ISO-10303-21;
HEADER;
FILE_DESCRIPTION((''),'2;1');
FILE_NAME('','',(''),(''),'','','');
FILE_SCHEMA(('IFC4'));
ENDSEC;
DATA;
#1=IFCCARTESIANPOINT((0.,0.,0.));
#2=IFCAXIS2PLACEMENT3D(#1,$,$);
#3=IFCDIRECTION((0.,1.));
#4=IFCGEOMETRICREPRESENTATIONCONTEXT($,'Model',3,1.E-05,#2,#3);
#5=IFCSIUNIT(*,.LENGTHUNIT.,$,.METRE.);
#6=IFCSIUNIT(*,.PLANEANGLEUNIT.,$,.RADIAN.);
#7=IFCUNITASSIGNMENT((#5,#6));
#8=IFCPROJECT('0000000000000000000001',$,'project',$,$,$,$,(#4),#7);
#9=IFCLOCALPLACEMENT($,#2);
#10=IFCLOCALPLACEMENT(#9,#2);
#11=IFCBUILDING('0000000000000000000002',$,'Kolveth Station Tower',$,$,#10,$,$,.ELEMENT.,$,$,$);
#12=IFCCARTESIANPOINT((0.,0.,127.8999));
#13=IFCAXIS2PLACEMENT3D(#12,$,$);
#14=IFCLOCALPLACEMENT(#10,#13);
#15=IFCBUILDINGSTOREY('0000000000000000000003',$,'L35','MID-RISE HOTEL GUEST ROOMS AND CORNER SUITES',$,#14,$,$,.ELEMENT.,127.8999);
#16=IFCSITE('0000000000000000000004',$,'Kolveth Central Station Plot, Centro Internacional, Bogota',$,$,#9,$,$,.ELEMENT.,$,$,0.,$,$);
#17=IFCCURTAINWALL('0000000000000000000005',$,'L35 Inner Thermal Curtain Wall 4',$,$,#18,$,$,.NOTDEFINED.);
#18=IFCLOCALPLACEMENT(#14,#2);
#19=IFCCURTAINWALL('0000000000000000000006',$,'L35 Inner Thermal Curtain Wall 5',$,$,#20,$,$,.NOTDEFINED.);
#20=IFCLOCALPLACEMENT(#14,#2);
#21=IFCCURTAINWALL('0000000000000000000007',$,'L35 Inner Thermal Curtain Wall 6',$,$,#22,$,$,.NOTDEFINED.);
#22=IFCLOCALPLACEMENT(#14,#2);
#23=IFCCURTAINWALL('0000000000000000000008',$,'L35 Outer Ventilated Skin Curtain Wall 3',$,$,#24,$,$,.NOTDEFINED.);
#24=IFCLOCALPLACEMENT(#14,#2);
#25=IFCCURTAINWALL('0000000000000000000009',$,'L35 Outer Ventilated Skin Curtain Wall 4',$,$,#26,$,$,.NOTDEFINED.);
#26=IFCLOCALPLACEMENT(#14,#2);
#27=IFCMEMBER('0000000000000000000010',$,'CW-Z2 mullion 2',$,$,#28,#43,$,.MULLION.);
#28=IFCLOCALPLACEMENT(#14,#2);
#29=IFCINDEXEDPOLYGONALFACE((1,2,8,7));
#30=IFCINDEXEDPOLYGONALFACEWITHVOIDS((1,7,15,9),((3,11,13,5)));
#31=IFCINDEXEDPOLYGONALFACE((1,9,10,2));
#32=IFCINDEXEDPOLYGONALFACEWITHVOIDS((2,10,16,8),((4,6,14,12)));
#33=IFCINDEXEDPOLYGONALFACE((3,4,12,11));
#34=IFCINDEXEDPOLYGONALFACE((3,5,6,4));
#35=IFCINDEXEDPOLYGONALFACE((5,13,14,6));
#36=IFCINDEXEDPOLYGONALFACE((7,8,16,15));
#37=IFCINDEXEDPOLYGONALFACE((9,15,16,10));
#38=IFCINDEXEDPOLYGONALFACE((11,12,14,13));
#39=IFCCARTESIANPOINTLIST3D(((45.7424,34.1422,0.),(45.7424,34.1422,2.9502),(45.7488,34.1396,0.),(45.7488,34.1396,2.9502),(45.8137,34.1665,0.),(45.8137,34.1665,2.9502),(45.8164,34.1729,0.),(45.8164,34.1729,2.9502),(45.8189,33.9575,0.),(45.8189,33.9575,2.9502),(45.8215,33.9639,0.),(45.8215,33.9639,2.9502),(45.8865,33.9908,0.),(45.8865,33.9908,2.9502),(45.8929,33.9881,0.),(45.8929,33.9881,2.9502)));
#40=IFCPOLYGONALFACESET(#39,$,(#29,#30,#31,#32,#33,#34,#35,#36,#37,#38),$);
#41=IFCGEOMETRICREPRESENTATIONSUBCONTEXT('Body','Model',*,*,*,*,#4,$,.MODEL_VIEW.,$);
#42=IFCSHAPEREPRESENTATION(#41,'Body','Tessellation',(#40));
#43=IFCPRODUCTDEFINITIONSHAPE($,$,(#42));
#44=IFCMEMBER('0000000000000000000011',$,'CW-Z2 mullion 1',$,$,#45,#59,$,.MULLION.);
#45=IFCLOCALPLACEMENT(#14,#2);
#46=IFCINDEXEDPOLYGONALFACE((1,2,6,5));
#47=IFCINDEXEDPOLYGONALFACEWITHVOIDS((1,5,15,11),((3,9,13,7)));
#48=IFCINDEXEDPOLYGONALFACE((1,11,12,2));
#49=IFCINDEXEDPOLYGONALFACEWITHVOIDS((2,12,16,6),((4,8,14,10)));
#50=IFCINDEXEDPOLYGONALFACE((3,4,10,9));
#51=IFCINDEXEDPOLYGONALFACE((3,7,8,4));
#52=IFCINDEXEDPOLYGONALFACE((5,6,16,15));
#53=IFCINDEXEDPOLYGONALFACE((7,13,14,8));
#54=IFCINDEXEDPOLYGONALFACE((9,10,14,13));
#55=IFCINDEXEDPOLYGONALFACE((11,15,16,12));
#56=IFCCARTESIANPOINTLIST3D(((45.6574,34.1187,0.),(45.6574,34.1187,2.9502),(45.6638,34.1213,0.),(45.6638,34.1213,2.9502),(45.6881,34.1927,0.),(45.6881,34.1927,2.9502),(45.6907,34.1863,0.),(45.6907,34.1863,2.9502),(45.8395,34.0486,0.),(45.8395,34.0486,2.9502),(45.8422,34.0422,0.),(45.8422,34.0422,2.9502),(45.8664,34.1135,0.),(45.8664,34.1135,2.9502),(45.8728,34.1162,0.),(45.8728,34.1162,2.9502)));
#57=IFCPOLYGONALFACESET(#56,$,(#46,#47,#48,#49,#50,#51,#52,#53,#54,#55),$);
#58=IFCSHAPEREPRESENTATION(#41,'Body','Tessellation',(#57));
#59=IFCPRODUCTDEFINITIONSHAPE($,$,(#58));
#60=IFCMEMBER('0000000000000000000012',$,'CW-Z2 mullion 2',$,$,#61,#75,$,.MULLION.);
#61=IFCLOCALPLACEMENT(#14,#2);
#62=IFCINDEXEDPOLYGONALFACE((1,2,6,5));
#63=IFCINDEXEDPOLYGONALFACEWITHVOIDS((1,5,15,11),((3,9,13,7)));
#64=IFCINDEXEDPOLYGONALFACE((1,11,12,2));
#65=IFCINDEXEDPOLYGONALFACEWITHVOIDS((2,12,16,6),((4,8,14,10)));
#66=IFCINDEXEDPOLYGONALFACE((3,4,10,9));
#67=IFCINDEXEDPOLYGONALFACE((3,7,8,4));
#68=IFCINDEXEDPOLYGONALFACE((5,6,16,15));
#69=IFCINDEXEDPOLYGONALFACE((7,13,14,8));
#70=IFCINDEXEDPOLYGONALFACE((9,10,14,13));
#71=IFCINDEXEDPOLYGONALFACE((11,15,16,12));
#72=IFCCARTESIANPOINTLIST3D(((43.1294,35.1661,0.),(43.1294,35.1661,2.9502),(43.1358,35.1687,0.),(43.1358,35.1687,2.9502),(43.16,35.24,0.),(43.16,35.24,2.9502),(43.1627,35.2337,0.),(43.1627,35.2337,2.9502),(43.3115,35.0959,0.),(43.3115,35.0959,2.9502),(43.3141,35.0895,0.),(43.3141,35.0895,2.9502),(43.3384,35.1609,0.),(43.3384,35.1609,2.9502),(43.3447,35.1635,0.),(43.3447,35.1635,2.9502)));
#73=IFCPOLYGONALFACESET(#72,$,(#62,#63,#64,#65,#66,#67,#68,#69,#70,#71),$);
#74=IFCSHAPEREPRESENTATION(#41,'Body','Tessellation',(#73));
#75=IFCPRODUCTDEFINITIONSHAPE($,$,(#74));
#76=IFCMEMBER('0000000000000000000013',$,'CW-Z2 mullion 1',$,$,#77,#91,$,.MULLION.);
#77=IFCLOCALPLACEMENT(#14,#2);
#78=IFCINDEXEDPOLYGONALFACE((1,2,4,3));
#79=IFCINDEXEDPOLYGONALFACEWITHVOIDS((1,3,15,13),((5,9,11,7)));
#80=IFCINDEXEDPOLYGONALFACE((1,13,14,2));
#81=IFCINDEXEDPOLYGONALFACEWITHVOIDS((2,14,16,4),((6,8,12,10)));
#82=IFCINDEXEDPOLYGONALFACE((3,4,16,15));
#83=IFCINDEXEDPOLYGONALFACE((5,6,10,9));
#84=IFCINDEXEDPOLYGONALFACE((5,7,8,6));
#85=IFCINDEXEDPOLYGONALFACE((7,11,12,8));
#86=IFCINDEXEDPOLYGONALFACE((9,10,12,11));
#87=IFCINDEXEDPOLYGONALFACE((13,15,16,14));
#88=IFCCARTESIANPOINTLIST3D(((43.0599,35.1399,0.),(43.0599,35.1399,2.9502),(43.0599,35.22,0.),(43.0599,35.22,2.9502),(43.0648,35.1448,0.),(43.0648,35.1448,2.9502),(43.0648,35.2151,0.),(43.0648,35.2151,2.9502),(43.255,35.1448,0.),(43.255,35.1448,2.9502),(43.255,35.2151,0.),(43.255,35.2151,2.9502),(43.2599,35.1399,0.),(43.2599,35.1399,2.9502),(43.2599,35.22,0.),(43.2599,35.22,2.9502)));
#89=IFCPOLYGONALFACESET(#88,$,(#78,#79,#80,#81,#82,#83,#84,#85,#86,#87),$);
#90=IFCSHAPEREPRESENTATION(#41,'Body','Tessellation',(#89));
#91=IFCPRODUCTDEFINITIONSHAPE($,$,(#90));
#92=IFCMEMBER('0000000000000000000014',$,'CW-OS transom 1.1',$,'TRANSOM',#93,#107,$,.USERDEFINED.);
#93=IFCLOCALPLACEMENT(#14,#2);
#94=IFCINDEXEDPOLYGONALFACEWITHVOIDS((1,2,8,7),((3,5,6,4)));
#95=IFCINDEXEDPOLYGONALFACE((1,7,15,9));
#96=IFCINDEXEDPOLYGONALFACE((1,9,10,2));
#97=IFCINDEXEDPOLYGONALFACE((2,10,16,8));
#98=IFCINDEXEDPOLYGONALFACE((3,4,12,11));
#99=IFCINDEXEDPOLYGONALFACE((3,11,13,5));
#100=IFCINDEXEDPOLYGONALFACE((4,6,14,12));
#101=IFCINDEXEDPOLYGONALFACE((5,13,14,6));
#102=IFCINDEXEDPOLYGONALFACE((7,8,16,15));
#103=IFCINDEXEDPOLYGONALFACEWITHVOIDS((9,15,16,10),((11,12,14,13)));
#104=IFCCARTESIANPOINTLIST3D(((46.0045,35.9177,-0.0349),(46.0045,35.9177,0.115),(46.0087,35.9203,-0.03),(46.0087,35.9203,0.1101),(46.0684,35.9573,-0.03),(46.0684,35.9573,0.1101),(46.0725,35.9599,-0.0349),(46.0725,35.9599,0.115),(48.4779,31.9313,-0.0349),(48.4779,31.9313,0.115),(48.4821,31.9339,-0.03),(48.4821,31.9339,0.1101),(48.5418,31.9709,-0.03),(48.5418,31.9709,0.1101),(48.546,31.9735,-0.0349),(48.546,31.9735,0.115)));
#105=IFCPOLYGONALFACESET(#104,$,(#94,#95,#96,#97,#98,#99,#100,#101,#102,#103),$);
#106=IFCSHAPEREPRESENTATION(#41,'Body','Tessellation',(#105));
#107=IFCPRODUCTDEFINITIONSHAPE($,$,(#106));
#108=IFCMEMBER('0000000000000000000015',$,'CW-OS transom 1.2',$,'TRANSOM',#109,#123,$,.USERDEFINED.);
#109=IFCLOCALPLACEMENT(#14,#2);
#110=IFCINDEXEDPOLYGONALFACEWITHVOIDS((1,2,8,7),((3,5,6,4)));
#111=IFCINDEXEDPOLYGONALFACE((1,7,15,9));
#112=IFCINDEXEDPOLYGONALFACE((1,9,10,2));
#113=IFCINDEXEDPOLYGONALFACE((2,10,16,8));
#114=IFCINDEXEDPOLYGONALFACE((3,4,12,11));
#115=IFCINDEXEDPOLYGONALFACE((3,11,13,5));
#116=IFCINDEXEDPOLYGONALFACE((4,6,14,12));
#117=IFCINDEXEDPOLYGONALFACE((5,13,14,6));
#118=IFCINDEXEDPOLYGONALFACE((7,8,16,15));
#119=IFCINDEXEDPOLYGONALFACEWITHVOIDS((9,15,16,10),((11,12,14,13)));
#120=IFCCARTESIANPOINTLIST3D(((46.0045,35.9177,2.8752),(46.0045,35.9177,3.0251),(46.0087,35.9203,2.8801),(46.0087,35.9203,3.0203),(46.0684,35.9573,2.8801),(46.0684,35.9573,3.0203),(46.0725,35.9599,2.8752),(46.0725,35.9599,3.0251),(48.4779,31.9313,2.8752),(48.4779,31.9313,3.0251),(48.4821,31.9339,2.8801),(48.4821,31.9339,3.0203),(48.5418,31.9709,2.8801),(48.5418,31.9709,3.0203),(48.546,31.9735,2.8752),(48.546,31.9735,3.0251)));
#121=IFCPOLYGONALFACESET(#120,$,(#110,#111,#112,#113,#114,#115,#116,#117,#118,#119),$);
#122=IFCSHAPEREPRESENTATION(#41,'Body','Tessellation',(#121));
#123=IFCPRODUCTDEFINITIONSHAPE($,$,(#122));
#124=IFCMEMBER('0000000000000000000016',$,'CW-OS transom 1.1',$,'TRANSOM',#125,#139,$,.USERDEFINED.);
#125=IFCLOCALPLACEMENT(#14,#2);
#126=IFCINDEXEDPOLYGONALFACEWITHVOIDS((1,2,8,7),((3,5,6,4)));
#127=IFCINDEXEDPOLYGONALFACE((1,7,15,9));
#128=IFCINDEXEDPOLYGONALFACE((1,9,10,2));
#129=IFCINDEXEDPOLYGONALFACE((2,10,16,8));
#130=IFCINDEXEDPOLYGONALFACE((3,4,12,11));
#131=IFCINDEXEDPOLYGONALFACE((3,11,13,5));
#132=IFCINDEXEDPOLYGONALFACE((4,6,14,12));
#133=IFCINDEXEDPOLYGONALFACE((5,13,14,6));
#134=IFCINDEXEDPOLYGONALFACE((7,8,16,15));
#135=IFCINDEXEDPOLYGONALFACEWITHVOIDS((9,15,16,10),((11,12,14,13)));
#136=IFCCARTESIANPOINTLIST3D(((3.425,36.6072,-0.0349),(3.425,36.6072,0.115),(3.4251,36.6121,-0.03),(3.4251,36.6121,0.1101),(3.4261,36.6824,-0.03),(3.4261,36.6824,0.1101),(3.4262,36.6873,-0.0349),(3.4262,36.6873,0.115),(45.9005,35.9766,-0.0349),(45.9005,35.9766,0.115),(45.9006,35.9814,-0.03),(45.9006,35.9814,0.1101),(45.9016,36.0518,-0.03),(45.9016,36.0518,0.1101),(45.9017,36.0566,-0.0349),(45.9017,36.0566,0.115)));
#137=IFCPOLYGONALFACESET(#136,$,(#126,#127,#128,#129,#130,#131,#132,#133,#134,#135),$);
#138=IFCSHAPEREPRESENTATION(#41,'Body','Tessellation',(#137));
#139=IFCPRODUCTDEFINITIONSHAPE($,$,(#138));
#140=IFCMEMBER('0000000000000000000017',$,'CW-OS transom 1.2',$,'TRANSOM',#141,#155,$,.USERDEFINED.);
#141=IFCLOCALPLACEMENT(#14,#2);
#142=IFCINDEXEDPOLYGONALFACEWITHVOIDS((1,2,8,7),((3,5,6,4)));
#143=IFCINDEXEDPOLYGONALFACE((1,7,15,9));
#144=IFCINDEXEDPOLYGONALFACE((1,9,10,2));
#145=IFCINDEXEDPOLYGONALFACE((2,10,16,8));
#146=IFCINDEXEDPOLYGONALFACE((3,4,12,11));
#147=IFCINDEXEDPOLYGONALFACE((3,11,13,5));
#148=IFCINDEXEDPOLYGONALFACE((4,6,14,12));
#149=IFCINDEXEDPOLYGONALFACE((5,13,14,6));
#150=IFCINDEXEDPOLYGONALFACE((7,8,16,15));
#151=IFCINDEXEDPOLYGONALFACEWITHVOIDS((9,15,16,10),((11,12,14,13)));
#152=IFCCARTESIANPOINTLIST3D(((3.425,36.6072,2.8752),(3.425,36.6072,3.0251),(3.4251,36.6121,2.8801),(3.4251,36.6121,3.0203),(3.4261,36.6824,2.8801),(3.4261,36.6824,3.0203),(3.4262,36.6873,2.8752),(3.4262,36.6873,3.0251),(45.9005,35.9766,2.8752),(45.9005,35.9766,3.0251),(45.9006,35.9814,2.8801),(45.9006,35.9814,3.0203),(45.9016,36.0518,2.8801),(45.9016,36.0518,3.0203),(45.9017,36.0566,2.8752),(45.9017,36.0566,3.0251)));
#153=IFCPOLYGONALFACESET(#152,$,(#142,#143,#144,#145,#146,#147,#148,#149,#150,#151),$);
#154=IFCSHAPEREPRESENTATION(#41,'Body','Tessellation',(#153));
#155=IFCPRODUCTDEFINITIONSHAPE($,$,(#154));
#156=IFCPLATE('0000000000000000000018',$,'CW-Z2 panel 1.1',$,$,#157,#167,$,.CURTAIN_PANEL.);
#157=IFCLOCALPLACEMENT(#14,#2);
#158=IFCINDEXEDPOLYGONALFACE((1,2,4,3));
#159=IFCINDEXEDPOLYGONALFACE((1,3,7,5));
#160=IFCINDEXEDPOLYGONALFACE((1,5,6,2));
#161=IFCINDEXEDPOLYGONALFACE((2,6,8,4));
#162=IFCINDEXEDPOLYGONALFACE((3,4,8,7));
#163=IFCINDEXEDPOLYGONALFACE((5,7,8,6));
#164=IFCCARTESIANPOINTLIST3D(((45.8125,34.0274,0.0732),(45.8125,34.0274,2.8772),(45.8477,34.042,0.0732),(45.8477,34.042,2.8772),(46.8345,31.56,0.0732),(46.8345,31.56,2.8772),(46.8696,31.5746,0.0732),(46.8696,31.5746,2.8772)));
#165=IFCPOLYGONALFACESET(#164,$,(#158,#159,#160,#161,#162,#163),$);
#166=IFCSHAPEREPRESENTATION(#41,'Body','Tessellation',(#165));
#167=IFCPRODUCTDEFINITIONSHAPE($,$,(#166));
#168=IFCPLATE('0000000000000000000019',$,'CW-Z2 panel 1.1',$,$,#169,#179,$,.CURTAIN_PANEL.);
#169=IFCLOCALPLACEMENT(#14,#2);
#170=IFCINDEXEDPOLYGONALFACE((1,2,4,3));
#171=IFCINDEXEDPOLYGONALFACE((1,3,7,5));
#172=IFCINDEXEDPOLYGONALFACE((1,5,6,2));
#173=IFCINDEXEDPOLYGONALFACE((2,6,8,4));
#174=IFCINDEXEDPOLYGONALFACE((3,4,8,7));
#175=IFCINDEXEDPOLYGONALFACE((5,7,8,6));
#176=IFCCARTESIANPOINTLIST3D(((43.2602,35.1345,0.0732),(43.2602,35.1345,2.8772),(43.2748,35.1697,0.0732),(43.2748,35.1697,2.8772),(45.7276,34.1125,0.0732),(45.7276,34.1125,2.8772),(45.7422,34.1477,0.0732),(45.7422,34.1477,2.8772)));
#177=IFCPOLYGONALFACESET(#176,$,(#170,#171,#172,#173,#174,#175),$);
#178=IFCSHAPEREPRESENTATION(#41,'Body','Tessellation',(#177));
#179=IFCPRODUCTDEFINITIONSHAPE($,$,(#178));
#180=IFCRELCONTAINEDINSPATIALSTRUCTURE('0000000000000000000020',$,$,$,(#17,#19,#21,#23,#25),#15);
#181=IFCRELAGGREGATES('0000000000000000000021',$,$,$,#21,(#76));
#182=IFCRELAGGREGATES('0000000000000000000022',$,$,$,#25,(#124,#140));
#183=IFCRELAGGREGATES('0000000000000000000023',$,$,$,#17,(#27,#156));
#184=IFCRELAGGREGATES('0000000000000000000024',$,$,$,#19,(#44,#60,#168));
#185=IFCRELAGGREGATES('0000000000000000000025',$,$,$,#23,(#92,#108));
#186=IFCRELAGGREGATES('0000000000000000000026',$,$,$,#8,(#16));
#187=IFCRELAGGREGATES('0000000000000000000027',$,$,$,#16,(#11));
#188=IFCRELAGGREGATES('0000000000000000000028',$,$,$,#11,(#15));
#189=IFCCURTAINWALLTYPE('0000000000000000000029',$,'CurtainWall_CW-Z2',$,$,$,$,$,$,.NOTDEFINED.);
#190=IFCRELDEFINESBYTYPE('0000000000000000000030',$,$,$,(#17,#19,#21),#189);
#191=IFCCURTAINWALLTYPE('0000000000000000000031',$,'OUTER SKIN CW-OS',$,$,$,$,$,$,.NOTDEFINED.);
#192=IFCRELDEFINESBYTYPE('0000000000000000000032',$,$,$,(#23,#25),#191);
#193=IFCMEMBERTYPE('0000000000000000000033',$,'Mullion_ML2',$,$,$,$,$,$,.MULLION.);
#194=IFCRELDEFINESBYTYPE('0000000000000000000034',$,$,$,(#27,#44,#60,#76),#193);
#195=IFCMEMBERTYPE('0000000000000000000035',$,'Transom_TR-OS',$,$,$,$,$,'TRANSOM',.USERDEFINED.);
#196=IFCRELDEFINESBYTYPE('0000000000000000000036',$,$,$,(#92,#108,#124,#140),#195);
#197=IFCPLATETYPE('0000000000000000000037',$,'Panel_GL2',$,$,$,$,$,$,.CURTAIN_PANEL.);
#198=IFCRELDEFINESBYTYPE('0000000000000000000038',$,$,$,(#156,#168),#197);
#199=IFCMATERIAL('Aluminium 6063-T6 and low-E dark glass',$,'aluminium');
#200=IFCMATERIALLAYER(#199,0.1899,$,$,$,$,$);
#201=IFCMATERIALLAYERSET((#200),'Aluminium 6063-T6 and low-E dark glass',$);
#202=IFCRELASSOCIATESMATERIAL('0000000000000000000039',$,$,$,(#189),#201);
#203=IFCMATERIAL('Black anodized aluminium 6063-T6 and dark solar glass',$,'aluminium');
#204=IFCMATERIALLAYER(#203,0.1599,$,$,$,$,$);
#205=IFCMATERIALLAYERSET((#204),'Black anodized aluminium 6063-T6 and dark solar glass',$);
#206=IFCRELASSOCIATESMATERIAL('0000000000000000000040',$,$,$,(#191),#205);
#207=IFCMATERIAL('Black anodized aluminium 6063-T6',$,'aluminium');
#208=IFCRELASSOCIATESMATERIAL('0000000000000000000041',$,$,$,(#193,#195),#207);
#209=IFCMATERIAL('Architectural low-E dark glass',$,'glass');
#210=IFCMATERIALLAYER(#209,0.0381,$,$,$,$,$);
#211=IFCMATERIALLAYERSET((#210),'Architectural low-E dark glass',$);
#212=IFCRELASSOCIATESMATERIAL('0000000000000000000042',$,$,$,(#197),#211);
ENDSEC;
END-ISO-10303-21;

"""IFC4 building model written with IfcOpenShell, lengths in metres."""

from ifc_helpers import new_model, si_unit, direction, frame, origin, origin_2d, place, context, subcontext, project, spatial, rectangle, hollow_rectangle, extrude, source, transform, mapped, material, layer, layer_set, material_profile, profile_set, type_object, element, aggregate, save


model = new_model("IFC4")

# Units and contexts
model_context = context("Model", 3, precision=1e-05, world=origin(), true_north=direction((0.0, 1.0)))
body_context = subcontext(model_context, "Body", "Model", "MODEL_VIEW")
ifc_project = project(units=[si_unit("LENGTHUNIT", "METRE"), si_unit("PLANEANGLEUNIT", "RADIAN")], contexts=[model_context])

# Site, building, storey
site_placement = place(None, origin())
site = spatial("IfcSite", under=ifc_project, at=site_placement, Name="Kolveth Central Station Plot, Centro Internacional, Bogota", CompositionType="ELEMENT", RefElevation=0.0)
building_placement = place(site_placement, origin())
building = spatial("IfcBuilding", under=site, at=building_placement, Name="Kolveth Station Tower", CompositionType="ELEMENT")
storey_placement = place(building_placement, frame((0.0, 0.0, 127.8999)))
storey = spatial("IfcBuildingStorey", under=building, at=storey_placement, Name="L35", Description="MID-RISE HOTEL GUEST ROOMS AND CORNER SUITES", CompositionType="ELEMENT", Elevation=127.8999)

# Curtain wall
ifc_material_1 = material(Name="Aluminium 6063-T6 and low-E dark glass", Category="aluminium")
ifc_layer_1 = layer(ifc_material_1, 0.1899)
ifc_layer_set_1 = layer_set([ifc_layer_1], Name="Aluminium 6063-T6 and low-E dark glass")
curtain_wall_type_1 = type_object("IfcCurtainWallType", Name="CurtainWall_CW-Z2", PredefinedType="NOTDEFINED", material=ifc_layer_set_1)
curtain_wall_1_placement = place(storey_placement, origin())
curtain_wall_1 = element("IfcCurtainWall", 1, at=curtain_wall_1_placement, inside=storey, type_object=curtain_wall_type_1, Name="L35 Inner Thermal Curtain Wall 4", PredefinedType="NOTDEFINED")
ifc_material_2 = material(Name="Black anodized aluminium 6063-T6", Category="aluminium")

# Curtain walls
curtain_wall_2_placement = place(storey_placement, origin())
curtain_wall_2 = element("IfcCurtainWall", 2, at=curtain_wall_2_placement, inside=storey, type_object=curtain_wall_type_1, Name="L35 Inner Thermal Curtain Wall 5", PredefinedType="NOTDEFINED")
curtain_wall_3_placement = place(storey_placement, origin())
curtain_wall_3 = element("IfcCurtainWall", 3, at=curtain_wall_3_placement, inside=storey, type_object=curtain_wall_type_1, Name="L35 Inner Thermal Curtain Wall 6", PredefinedType="NOTDEFINED")

# Shared definitions
ifc_material_3 = material(Name="Black anodized aluminium 6063-T6 and dark solar glass", Category="aluminium")
ifc_layer_2 = layer(ifc_material_3, 0.1599)
ifc_layer_set_2 = layer_set([ifc_layer_2], Name="Black anodized aluminium 6063-T6 and dark solar glass")
curtain_wall_type_2 = type_object("IfcCurtainWallType", Name="OUTER SKIN CW-OS", PredefinedType="NOTDEFINED", material=ifc_layer_set_2)

# Curtain wall
curtain_wall_4_placement = place(storey_placement, origin())
curtain_wall_4 = element("IfcCurtainWall", 4, at=curtain_wall_4_placement, inside=storey, type_object=curtain_wall_type_2, Name="L35 Outer Ventilated Skin Curtain Wall 3", PredefinedType="NOTDEFINED")

# Curtain wall
curtain_wall_5_placement = place(storey_placement, origin())
curtain_wall_5 = element("IfcCurtainWall", 5, at=curtain_wall_5_placement, inside=storey, type_object=curtain_wall_type_2, Name="L35 Outer Ventilated Skin Curtain Wall 4", PredefinedType="NOTDEFINED")

# Members
ifc_material_profile_1 = material_profile(ifc_material_2, hollow_rectangle(XDim=0.0801, YDim=0.2, WallThickness=0.0049, at=origin_2d()), Name="ALU-80x200x5")
ifc_profile_set_1 = profile_set([ifc_material_profile_1], Name="Black anodized aluminium 6063-T6")
member_type_1 = type_object("IfcMemberType", Name="Mullion_ML2", PredefinedType="MULLION", material=ifc_profile_set_1)
shared_shape_1 = source(origin(), body_context, "Body", "SweptSolid", [
    extrude(hollow_rectangle(XDim=0.0801, YDim=0.2, WallThickness=0.0049, at=origin_2d()), origin(), (0.0, 0.0, 1.0), 2.9502),
])
member_1_placement = place(storey_placement, frame((45.8176, 34.0652, 0.0), z_axis=(0.0, 0.0, 1.0), x_axis=(-0.923888, -0.382663, 0.0)))
member_1 = element("IfcMember", 6, at=member_1_placement, type_object=member_type_1, Name="CW-Z2 mullion 2", PredefinedType="MULLION", context=body_context, shape_type="MappedRepresentation", body=[
    mapped(shared_shape_1, transform((0.0, 0.0, 0.0), x_axis=(1.0, 0.0, 0.0), y_axis=(0.0, 1.0, 0.0), z_axis=(0.0, 0.0, 1.0), scale=1.0)),
])
member_2_placement = place(storey_placement, frame((45.7651, 34.1174, 0.0), z_axis=(0.0, 0.0, 1.0), x_axis=(-0.382663, -0.923888, 0.0)))
member_2 = element("IfcMember", 7, at=member_2_placement, type_object=member_type_1, Name="CW-Z2 mullion 1", PredefinedType="MULLION", context=body_context, shape_type="MappedRepresentation", body=[
    mapped(shared_shape_1, transform((0.0, 0.0, 0.0), x_axis=(1.0, 0.0, 0.0), y_axis=(0.0, 1.0, 0.0), z_axis=(0.0, 0.0, 1.0), scale=1.0)),
])
member_3_placement = place(storey_placement, frame((43.2371, 35.1648, 0.0), z_axis=(0.0, 0.0, 1.0), x_axis=(-0.382663, -0.923888, 0.0)))
member_3 = element("IfcMember", 8, at=member_3_placement, type_object=member_type_1, Name="CW-Z2 mullion 2", PredefinedType="MULLION", context=body_context, shape_type="MappedRepresentation", body=[
    mapped(shared_shape_1, transform((0.0, 0.0, 0.0), x_axis=(1.0, 0.0, 0.0), y_axis=(0.0, 1.0, 0.0), z_axis=(0.0, 0.0, 1.0), scale=1.0)),
])
member_4_placement = place(storey_placement, frame((43.1599, 35.1799, 0.0), z_axis=(0.0, 0.0, 1.0), x_axis=(0.0, -1.0, 0.0)))
member_4 = element("IfcMember", 9, at=member_4_placement, type_object=member_type_1, Name="CW-Z2 mullion 1", PredefinedType="MULLION", context=body_context, shape_type="MappedRepresentation", body=[
    mapped(shared_shape_1, transform((0.0, 0.0, 0.0), x_axis=(1.0, 0.0, 0.0), y_axis=(0.0, 1.0, 0.0), z_axis=(0.0, 0.0, 1.0), scale=1.0)),
])
aggregate(curtain_wall_3, [member_4])
ifc_material_profile_2 = material_profile(ifc_material_2, hollow_rectangle(XDim=0.0801, YDim=0.1499, WallThickness=0.0049, at=origin_2d()), Name="ALU-80x150x5")
ifc_profile_set_2 = profile_set([ifc_material_profile_2], Name="Black anodized aluminium 6063-T6")
member_type_2 = type_object("IfcMemberType", Name="Transom_TR-OS", ElementType="TRANSOM", PredefinedType="USERDEFINED", material=ifc_profile_set_2)
shared_shape_2 = source(origin(), body_context, "Body", "SweptSolid", [
    extrude(hollow_rectangle(XDim=0.0801, YDim=0.1499, WallThickness=0.0049, at=origin_2d()), origin(), (0.0, 0.0, 1.0), 4.6914),
])
member_5_placement = place(storey_placement, frame((48.512, 31.9524, 0.04), z_axis=(-0.527227, 0.849725, 0.0), x_axis=(-0.849725, -0.527227, 0.0)))
member_5 = element("IfcMember", 10, at=member_5_placement, type_object=member_type_2, Name="CW-OS transom 1.1", ObjectType="TRANSOM", PredefinedType="USERDEFINED", context=body_context, shape_type="MappedRepresentation", body=[
    mapped(shared_shape_2, transform((0.0, 0.0, 0.0), x_axis=(1.0, 0.0, 0.0), y_axis=(0.0, 1.0, 0.0), z_axis=(0.0, 0.0, 1.0), scale=1.0)),
])
member_6_placement = place(storey_placement, frame((48.512, 31.9524, 2.9502), z_axis=(-0.527227, 0.849725, 0.0), x_axis=(-0.849725, -0.527227, 0.0)))
member_6 = element("IfcMember", 11, at=member_6_placement, type_object=member_type_2, Name="CW-OS transom 1.2", ObjectType="TRANSOM", PredefinedType="USERDEFINED", context=body_context, shape_type="MappedRepresentation", body=[
    mapped(shared_shape_2, transform((0.0, 0.0, 0.0), x_axis=(1.0, 0.0, 0.0), y_axis=(0.0, 1.0, 0.0), z_axis=(0.0, 0.0, 1.0), scale=1.0)),
])
shared_shape_3 = source(origin(), body_context, "Body", "SweptSolid", [
    extrude(hollow_rectangle(XDim=0.0801, YDim=0.1499, WallThickness=0.0049, at=origin_2d()), origin(), (0.0, 0.0, 1.0), 42.4802),
])
member_7_placement = place(storey_placement, frame((45.9011, 36.0166, 0.04), z_axis=(-0.99989, 0.014845, 0.0), x_axis=(-0.014845, -0.99989, 0.0)))
member_7 = element("IfcMember", 12, at=member_7_placement, type_object=member_type_2, Name="CW-OS transom 1.1", ObjectType="TRANSOM", PredefinedType="USERDEFINED", context=body_context, shape_type="MappedRepresentation", body=[
    mapped(shared_shape_3, transform((0.0, 0.0, 0.0), x_axis=(1.0, 0.0, 0.0), y_axis=(0.0, 1.0, 0.0), z_axis=(0.0, 0.0, 1.0), scale=1.0)),
])
member_8_placement = place(storey_placement, frame((45.9011, 36.0166, 2.9502), z_axis=(-0.99989, 0.014845, 0.0), x_axis=(-0.014845, -0.99989, 0.0)))
member_8 = element("IfcMember", 13, at=member_8_placement, type_object=member_type_2, Name="CW-OS transom 1.2", ObjectType="TRANSOM", PredefinedType="USERDEFINED", context=body_context, shape_type="MappedRepresentation", body=[
    mapped(shared_shape_3, transform((0.0, 0.0, 0.0), x_axis=(1.0, 0.0, 0.0), y_axis=(0.0, 1.0, 0.0), z_axis=(0.0, 0.0, 1.0), scale=1.0)),
])
aggregate(curtain_wall_5, [member_7, member_8])

# Plates
ifc_material_4 = material(Name="Architectural low-E dark glass", Category="glass")
ifc_layer_3 = layer(ifc_material_4, 0.0381)
ifc_layer_set_3 = layer_set([ifc_layer_3], Name="Architectural low-E dark glass")
plate_type_1 = type_object("IfcPlateType", Name="Panel_GL2", PredefinedType="CURTAIN_PANEL", material=ifc_layer_set_3)
shared_shape_4 = source(origin(), body_context, "Body", "SweptSolid", [
    extrude(rectangle(XDim=2.6707, YDim=0.0381, at=origin_2d()), origin(), (0.0, 0.0, 1.0), 2.804),
])
plate_1_placement = place(storey_placement, frame((46.3411, 32.801, 0.0732), z_axis=(0.0, 0.0, 1.0), x_axis=(-0.382663, 0.923888, 0.0)))
plate_1 = element("IfcPlate", 14, at=plate_1_placement, type_object=plate_type_1, Name="CW-Z2 panel 1.1", PredefinedType="CURTAIN_PANEL", context=body_context, shape_type="MappedRepresentation", body=[
    mapped(shared_shape_4, transform((0.0, 0.0, 0.0), x_axis=(1.0, 0.0, 0.0), y_axis=(0.0, 1.0, 0.0), z_axis=(0.0, 0.0, 1.0), scale=1.0)),
])
aggregate(curtain_wall_1, [member_1, plate_1])
plate_2_placement = place(storey_placement, frame((44.5012, 34.6411, 0.0732), z_axis=(0.0, 0.0, 1.0), x_axis=(-0.923888, 0.382663, 0.0)))
plate_2 = element("IfcPlate", 15, at=plate_2_placement, type_object=plate_type_1, Name="CW-Z2 panel 1.1", PredefinedType="CURTAIN_PANEL", context=body_context, shape_type="MappedRepresentation", body=[
    mapped(shared_shape_4, transform((0.0, 0.0, 0.0), x_axis=(1.0, 0.0, 0.0), y_axis=(0.0, 1.0, 0.0), z_axis=(0.0, 0.0, 1.0), scale=1.0)),
])
aggregate(curtain_wall_2, [member_2, member_3, plate_2])
aggregate(curtain_wall_4, [member_5, member_6])

save(model, "model.ifc")
